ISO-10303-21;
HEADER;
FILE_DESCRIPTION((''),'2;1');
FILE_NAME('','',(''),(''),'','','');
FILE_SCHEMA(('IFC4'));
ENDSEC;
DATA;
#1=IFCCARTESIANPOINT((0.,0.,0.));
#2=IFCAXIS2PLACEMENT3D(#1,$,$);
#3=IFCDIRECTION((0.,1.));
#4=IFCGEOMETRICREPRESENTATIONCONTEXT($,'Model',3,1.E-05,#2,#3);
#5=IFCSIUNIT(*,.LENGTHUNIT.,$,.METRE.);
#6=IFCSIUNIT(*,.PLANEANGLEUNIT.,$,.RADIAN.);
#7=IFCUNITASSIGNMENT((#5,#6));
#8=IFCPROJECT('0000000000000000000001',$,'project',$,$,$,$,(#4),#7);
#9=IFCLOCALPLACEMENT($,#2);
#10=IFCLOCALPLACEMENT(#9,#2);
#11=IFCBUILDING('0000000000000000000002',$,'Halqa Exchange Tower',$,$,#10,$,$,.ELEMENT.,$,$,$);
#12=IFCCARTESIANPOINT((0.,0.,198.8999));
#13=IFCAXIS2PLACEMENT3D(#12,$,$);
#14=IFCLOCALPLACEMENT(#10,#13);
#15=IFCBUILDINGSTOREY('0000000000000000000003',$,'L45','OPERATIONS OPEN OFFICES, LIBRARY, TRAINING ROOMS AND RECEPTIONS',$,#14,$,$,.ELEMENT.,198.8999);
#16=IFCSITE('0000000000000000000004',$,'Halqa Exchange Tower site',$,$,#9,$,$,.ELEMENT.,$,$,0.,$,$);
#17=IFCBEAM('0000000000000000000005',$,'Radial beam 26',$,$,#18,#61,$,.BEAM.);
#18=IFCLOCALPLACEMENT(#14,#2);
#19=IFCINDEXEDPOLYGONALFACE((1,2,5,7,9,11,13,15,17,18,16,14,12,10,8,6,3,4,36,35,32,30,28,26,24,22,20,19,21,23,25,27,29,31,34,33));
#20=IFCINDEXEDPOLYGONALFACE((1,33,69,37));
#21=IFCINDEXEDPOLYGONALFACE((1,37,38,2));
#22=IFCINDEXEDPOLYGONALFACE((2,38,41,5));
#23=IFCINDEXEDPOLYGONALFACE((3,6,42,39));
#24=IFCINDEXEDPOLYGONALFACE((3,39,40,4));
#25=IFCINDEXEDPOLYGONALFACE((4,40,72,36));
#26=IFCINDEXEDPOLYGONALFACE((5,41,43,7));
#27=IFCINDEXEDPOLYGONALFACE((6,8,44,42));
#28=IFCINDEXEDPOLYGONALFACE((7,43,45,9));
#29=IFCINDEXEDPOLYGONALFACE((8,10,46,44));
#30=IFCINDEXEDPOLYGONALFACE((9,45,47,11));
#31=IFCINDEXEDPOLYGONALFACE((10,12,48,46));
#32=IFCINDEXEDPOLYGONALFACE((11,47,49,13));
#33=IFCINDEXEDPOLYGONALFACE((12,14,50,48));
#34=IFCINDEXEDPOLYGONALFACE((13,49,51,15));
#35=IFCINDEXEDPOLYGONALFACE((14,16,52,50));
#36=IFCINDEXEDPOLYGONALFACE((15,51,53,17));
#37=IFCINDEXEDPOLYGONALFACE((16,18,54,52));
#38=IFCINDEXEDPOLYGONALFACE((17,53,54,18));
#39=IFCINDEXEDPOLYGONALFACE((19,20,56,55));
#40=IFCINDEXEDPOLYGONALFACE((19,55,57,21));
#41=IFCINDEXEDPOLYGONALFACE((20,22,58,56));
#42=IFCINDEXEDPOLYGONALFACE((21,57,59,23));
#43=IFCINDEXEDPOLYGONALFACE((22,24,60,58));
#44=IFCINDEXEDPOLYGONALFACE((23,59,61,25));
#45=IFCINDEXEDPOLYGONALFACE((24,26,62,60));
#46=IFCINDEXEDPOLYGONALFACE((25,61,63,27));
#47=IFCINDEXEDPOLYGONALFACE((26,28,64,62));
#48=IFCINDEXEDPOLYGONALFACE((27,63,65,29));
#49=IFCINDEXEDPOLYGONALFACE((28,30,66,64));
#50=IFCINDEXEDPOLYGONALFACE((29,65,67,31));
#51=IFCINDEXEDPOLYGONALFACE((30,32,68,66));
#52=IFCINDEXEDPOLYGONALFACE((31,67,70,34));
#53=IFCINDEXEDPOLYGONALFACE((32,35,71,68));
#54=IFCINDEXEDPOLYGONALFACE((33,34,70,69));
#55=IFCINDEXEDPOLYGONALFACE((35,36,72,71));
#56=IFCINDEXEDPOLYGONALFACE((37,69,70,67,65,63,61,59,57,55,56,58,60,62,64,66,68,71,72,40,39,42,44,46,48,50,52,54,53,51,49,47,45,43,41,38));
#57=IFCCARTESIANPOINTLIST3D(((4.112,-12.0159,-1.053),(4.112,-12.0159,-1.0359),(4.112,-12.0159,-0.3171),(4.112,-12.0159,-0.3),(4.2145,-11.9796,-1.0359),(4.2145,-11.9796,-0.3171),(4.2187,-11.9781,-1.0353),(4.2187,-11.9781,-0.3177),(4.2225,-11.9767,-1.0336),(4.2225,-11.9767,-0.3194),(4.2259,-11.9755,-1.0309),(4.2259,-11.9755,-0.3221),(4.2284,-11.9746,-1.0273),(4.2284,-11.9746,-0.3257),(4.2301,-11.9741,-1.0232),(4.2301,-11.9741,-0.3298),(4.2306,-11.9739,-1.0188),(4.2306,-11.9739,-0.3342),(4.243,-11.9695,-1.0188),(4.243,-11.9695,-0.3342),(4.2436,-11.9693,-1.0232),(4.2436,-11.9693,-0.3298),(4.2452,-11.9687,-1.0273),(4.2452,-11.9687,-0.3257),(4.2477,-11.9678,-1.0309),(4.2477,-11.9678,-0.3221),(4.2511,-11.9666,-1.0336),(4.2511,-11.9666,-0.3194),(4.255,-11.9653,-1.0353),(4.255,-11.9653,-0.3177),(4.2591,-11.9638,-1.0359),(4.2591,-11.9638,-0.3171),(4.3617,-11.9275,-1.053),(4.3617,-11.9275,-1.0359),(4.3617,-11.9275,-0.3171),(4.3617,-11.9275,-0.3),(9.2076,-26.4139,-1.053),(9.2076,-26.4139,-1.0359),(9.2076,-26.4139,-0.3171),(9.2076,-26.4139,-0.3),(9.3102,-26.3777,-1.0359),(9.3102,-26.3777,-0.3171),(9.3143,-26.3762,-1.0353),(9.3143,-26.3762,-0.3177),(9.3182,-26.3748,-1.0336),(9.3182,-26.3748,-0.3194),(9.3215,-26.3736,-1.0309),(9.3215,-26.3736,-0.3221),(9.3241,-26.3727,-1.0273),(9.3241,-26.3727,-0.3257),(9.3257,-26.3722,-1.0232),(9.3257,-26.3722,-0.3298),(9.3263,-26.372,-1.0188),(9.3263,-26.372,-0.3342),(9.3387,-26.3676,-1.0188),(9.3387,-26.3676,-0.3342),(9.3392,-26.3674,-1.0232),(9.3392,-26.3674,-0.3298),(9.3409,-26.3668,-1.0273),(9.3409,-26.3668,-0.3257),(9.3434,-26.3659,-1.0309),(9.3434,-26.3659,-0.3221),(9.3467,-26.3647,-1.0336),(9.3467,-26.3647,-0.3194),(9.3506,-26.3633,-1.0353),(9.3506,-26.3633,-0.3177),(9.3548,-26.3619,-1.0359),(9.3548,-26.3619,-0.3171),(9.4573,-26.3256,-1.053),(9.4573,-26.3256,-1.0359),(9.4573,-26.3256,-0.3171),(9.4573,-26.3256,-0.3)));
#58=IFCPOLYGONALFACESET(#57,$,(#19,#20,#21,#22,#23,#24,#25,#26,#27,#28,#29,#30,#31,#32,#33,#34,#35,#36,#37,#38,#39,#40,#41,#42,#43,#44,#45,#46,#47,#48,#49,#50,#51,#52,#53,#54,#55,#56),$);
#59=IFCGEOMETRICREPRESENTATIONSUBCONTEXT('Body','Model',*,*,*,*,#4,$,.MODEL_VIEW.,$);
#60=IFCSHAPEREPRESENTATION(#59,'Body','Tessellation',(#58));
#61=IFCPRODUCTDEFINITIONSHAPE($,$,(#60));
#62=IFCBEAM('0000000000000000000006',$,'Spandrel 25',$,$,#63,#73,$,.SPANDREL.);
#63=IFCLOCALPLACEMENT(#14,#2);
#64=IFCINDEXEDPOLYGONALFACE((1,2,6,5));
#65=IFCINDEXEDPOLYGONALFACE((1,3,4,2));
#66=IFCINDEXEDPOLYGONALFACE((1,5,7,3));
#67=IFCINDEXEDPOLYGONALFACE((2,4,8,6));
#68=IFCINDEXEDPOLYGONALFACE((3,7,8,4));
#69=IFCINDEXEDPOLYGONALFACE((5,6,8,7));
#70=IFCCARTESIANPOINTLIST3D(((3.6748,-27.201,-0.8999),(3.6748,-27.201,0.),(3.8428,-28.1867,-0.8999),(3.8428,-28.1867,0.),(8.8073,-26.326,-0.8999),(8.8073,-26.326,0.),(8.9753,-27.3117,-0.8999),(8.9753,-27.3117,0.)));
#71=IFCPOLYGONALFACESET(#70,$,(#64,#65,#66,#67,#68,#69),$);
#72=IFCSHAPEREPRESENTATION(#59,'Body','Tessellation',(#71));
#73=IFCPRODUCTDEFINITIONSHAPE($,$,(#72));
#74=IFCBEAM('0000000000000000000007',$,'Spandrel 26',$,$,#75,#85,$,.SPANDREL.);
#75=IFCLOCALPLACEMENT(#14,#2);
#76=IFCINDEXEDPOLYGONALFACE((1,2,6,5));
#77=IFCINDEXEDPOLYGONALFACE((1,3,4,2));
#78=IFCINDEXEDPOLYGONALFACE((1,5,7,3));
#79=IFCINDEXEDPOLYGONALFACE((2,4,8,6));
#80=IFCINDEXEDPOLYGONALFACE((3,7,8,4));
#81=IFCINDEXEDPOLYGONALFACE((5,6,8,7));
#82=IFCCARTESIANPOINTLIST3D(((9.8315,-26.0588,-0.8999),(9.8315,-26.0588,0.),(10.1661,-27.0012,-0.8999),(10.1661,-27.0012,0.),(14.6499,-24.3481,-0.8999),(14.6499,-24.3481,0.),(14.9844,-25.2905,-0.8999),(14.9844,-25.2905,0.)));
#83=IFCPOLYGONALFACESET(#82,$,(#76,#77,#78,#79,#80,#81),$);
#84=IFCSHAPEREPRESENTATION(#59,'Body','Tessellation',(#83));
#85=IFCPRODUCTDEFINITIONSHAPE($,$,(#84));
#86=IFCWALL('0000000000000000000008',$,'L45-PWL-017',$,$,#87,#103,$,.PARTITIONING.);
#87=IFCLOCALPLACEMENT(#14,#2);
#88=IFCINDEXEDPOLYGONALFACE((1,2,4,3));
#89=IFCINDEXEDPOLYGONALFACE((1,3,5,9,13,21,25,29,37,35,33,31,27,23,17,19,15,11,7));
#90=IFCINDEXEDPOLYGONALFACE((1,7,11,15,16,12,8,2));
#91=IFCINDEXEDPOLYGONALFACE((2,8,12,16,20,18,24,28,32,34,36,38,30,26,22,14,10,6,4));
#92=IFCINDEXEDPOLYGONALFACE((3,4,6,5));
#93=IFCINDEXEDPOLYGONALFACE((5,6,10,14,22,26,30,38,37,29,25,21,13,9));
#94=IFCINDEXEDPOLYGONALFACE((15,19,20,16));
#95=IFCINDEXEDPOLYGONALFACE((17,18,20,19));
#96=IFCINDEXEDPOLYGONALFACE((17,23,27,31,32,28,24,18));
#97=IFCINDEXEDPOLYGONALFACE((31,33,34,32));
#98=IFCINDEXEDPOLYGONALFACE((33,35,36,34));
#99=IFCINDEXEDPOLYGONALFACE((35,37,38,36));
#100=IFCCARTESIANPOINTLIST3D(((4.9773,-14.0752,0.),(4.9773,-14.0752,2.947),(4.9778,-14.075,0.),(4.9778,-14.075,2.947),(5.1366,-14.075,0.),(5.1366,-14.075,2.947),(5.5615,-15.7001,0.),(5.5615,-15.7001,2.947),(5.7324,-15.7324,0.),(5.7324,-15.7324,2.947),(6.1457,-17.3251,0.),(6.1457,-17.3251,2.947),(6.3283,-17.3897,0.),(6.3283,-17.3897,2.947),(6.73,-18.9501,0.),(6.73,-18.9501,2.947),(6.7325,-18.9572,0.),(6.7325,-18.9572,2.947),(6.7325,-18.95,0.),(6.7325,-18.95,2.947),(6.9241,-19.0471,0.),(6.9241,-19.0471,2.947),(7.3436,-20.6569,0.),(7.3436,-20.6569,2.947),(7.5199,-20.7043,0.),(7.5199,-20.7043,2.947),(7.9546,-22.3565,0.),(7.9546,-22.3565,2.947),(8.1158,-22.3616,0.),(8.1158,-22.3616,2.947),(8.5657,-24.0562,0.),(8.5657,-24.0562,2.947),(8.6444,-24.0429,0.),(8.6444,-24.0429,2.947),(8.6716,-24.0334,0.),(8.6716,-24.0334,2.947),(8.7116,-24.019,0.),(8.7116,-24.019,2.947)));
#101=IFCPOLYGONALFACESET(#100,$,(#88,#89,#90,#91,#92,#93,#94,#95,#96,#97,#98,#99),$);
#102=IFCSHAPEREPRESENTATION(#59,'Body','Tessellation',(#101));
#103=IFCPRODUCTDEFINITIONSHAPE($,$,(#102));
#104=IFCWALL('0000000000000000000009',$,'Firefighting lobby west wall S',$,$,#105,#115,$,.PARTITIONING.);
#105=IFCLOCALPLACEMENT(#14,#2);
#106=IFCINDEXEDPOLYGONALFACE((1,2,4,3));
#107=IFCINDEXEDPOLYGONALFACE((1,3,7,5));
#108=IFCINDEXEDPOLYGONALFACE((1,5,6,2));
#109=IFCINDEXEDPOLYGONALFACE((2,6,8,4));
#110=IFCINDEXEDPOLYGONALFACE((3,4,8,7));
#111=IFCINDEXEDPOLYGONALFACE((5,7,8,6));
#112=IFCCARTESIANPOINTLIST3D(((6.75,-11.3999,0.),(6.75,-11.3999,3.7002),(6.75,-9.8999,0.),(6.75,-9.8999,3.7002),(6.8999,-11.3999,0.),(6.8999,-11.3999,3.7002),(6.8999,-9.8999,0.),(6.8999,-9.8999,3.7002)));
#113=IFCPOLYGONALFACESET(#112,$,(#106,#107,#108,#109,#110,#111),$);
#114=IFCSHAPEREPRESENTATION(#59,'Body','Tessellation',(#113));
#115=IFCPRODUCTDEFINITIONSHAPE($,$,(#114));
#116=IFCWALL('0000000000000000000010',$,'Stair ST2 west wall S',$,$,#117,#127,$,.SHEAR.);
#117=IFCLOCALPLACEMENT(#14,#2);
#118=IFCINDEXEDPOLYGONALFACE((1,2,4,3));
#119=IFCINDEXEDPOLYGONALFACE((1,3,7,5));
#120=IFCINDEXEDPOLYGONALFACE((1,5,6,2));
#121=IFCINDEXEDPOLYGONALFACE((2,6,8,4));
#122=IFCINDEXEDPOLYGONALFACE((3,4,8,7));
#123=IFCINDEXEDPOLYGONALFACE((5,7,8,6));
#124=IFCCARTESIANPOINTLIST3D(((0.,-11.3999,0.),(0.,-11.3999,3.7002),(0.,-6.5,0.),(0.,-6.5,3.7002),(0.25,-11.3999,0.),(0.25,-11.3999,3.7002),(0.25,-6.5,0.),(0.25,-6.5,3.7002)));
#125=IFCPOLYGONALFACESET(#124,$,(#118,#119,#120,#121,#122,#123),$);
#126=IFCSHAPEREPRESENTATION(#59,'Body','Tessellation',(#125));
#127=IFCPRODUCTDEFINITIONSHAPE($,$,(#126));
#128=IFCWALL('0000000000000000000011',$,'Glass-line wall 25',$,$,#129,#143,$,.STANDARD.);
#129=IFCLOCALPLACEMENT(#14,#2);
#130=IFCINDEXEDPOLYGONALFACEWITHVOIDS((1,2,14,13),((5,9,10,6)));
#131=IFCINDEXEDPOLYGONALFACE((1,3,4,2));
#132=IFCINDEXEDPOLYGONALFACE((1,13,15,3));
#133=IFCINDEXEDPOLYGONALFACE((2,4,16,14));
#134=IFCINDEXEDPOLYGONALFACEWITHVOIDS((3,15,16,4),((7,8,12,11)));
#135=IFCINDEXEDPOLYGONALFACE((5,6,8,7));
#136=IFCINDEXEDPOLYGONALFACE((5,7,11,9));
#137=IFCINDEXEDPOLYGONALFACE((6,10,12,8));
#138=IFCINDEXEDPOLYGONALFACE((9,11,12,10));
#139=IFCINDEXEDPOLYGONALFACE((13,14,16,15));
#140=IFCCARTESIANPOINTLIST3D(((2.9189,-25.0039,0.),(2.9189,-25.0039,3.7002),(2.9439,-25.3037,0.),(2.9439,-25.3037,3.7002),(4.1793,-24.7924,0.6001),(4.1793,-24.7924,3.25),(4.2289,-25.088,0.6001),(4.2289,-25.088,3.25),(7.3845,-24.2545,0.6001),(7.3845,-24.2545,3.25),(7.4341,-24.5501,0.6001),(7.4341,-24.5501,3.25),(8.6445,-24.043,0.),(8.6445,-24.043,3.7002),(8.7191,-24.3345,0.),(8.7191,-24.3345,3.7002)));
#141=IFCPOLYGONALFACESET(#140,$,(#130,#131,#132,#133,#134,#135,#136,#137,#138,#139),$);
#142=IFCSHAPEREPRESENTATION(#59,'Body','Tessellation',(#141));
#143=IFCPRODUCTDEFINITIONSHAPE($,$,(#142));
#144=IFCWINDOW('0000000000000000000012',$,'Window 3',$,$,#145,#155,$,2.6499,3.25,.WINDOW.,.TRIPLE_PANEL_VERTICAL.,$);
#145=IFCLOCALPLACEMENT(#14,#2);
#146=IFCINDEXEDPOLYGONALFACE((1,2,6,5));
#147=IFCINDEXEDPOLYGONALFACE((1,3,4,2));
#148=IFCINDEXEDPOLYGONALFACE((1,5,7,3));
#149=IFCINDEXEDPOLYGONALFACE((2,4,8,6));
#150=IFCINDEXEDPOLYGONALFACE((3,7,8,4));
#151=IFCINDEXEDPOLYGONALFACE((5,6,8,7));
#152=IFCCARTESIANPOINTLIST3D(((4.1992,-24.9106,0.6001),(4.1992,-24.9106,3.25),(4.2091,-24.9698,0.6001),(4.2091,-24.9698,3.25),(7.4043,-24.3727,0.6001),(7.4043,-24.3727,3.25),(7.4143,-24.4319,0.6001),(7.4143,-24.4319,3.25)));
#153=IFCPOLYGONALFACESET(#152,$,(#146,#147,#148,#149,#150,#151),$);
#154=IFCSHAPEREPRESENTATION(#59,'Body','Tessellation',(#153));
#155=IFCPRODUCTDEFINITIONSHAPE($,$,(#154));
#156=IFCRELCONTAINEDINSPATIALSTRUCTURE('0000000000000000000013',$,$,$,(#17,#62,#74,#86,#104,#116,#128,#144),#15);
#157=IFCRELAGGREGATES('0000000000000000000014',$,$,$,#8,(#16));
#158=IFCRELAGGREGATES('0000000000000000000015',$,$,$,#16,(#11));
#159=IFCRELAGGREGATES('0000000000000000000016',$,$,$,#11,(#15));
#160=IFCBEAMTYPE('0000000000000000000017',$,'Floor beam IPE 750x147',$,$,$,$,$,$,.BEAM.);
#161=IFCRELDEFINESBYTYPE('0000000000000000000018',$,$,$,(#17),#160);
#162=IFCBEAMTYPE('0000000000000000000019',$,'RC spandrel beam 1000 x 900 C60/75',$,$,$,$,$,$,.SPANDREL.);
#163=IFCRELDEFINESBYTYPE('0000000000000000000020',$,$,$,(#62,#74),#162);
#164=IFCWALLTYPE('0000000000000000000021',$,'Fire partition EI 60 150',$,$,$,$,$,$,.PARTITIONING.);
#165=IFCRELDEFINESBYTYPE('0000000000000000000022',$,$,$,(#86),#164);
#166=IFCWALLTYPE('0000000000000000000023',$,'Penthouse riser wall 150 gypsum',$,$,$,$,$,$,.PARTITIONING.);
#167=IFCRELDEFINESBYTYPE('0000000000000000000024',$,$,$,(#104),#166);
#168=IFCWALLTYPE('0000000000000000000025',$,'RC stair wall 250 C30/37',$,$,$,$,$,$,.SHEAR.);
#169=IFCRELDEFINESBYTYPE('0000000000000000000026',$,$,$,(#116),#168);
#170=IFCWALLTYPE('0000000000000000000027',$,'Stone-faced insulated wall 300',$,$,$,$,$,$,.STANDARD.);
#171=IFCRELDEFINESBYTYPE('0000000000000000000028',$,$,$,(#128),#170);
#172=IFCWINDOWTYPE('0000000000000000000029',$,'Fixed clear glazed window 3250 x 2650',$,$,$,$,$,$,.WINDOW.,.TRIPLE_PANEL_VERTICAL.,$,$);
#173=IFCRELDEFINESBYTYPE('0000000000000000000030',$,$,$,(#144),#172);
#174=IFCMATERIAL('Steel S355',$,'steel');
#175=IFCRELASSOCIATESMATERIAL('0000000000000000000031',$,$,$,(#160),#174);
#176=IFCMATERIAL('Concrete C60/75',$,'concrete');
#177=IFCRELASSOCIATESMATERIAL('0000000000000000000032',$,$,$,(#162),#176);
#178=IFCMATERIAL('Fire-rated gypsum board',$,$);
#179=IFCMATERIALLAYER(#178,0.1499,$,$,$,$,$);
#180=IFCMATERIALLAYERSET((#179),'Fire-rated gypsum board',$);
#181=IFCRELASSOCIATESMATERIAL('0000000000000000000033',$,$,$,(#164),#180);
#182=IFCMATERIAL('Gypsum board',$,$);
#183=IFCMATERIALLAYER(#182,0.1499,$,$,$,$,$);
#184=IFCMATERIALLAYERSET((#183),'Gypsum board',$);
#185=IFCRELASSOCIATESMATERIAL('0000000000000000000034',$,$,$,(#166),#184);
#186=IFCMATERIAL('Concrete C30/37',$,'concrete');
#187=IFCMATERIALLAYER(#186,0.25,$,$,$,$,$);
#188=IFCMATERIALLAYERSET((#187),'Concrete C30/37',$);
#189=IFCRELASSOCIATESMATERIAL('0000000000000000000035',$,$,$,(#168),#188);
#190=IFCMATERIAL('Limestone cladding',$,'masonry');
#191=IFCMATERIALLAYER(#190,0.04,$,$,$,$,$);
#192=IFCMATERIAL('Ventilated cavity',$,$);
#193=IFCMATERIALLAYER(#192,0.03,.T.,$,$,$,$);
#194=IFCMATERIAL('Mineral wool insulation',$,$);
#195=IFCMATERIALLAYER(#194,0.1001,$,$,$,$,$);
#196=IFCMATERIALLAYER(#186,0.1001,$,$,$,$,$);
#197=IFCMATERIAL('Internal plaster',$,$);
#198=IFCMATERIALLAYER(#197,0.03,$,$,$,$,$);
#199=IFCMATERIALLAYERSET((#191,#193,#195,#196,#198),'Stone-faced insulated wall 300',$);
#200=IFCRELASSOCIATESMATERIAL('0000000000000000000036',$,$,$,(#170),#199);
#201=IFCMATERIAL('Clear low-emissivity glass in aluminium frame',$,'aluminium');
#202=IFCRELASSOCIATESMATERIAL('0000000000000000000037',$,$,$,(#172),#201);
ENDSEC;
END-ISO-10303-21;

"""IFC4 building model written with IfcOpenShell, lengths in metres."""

from ifc_helpers import new_model, si_unit, direction, frame, frame_2d, origin, origin_2d, place, context, subcontext, project, spatial, polyline, rectangle, i_section, outline, extrude, material, layer, layer_set, material_profile, profile_set, type_object, element, fill, save


model = new_model("IFC4")

# Units and contexts
model_context = context("Model", 3, precision=1e-05, world=origin(), true_north=direction((0.0, 1.0)))
body_context = subcontext(model_context, "Body", "Model", "MODEL_VIEW")
ifc_project = project(units=[si_unit("LENGTHUNIT", "METRE"), si_unit("PLANEANGLEUNIT", "RADIAN")], contexts=[model_context])

# Site, building, storey
site_placement = place(None, origin())
site = spatial("IfcSite", under=ifc_project, at=site_placement, Name="Halqa Exchange Tower site", CompositionType="ELEMENT", RefElevation=0.0)
building_placement = place(site_placement, origin())
building = spatial("IfcBuilding", under=site, at=building_placement, Name="Halqa Exchange Tower", CompositionType="ELEMENT")
storey_placement = place(building_placement, frame((0.0, 0.0, 198.8999)))
storey = spatial("IfcBuildingStorey", under=building, at=storey_placement, Name="L45", Description="OPERATIONS OPEN OFFICES, LIBRARY, TRAINING ROOMS AND RECEPTIONS", CompositionType="ELEMENT", Elevation=198.8999)

# Shared definitions
ifc_material_1 = material(Name="Concrete C60/75", Category="concrete")

# Beams
ifc_material_2 = material(Name="Steel S355", Category="steel")
ifc_material_profile_1 = material_profile(ifc_material_2, i_section(OverallWidth=0.2649, OverallDepth=0.7529, WebThickness=0.0132, FlangeThickness=0.0171, FilletRadius=0.0171, at=origin_2d()), Name="IPE 750x147")
ifc_profile_set_1 = profile_set([ifc_material_profile_1], Name="Steel S355")
beam_type_1 = type_object("IfcBeamType", Name="Floor beam IPE 750x147", PredefinedType="BEAM", material=ifc_profile_set_1)
beam_1_placement = place(storey_placement, frame((4.2368, -11.9717, -0.6765), z_axis=(0.333634, -0.942703, 0.0), x_axis=(0.942703, 0.333634, 0.0)))
element("IfcBeam", 1, at=beam_1_placement, inside=storey, type_object=beam_type_1, Name="Radial beam 26", PredefinedType="BEAM", context=body_context, shape_type="SweptSolid", body=[
    extrude(i_section(OverallWidth=0.2649, OverallDepth=0.7529, WebThickness=0.0132, FlangeThickness=0.0171, FilletRadius=0.0171, at=origin_2d()), origin(), (0.0, 0.0, 1.0), 15.2732),
])
ifc_material_profile_2 = material_profile(ifc_material_1, rectangle(XDim=1.0, YDim=0.8999, at=origin_2d()), Name="1000 x 900")
ifc_profile_set_2 = profile_set([ifc_material_profile_2], Name="Concrete C60/75")
beam_type_2 = type_object("IfcBeamType", Name="RC spandrel beam 1000 x 900 C60/75", PredefinedType="SPANDREL", material=ifc_profile_set_2)
beam_2_placement = place(storey_placement, frame((3.7588, -27.6938, -0.45), z_axis=(0.985778, 0.168055, 0.0), x_axis=(-0.168055, 0.985778, 0.0)))
element("IfcBeam", 2, at=beam_2_placement, inside=storey, type_object=beam_type_2, Name="Spandrel 25", PredefinedType="SPANDREL", context=body_context, shape_type="SweptSolid", body=[
    extrude(rectangle(XDim=1.0, YDim=0.8999, at=origin_2d()), origin(), (0.0, 0.0, 1.0), 5.2065),
])
beam_3_placement = place(storey_placement, frame((9.9988, -26.53, -0.45), z_axis=(0.942369, 0.334575, 0.0), x_axis=(-0.334575, 0.942369, 0.0)))
element("IfcBeam", 3, at=beam_3_placement, inside=storey, type_object=beam_type_2, Name="Spandrel 26", PredefinedType="SPANDREL", context=body_context, shape_type="SweptSolid", body=[
    extrude(rectangle(XDim=1.0, YDim=0.8999, at=origin_2d()), origin(), (0.0, 0.0, 1.0), 5.113),
])

# Wall
ifc_material_3 = material(Name="Fire-rated gypsum board")
ifc_layer_1 = layer(ifc_material_3, 0.1499)
ifc_layer_set_1 = layer_set([ifc_layer_1], Name="Fire-rated gypsum board")
wall_type_1 = type_object("IfcWallType", Name="Fire partition EI 60 150", PredefinedType="PARTITIONING", material=ifc_layer_set_1)
wall_1_placement = place(storey_placement, frame((5.0479, -14.0498, 0.0), z_axis=(0.0, 0.0, 1.0), x_axis=(0.338319, -0.941031, 0.0)))
element("IfcWall", 4, at=wall_1_placement, inside=storey, type_object=wall_type_1, Name="L45-PWL-017", PredefinedType="PARTITIONING", context=body_context, shape_type="SweptSolid", body=[
    extrude(outline(polyline([(0.0, -0.075), (1.7268, -0.075), (3.4536, -0.075), (5.1804, -0.075), (5.1812, -0.0725), (5.188, -0.075), (6.9941, -0.075), (8.8003, -0.075), (10.6064, -0.075), (10.6206, 0.0037), (10.6208, 0.0325), (10.6208, 0.075), (8.8596, 0.075), (7.0984, 0.075), (5.3374, 0.075), (3.5762, 0.075), (1.8149, 0.075), (0.0537, 0.075), (0.0, -0.0745), (0.0, -0.075)])), origin(), (0.0, 0.0, 1.0), 2.947),
])

# Shared definitions
ifc_material_4 = material(Name="Gypsum board")

# Walls
ifc_layer_2 = layer(ifc_material_4, 0.1499)
ifc_layer_set_2 = layer_set([ifc_layer_2], Name="Gypsum board")
wall_type_2 = type_object("IfcWallType", Name="Penthouse riser wall 150 gypsum", PredefinedType="PARTITIONING", material=ifc_layer_set_2)
wall_2_placement = place(storey_placement, frame((6.825, -11.3999, 0.0), z_axis=(0.0, 0.0, 1.0), x_axis=(0.0, 1.0, 0.0)))
element("IfcWall", 5, at=wall_2_placement, inside=storey, type_object=wall_type_2, Name="Firefighting lobby west wall S", PredefinedType="PARTITIONING", context=body_context, shape_type="SweptSolid", body=[
    extrude(rectangle(XDim=1.5, YDim=0.1499, at=frame_2d((0.75, 0.0))), origin(), (0.0, 0.0, 1.0), 3.7002),
])
ifc_material_5 = material(Name="Concrete C30/37", Category="concrete")
ifc_layer_3 = layer(ifc_material_5, 0.25)
ifc_layer_set_3 = layer_set([ifc_layer_3], Name="Concrete C30/37")
wall_type_3 = type_object("IfcWallType", Name="RC stair wall 250 C30/37", PredefinedType="SHEAR", material=ifc_layer_set_3)
wall_3_placement = place(storey_placement, frame((0.125, -11.3999, 0.0), z_axis=(0.0, 0.0, 1.0), x_axis=(0.0, 1.0, 0.0)))
element("IfcWall", 6, at=wall_3_placement, inside=storey, type_object=wall_type_3, Name="Stair ST2 west wall S", PredefinedType="SHEAR", context=body_context, shape_type="SweptSolid", body=[
    extrude(rectangle(XDim=4.8999, YDim=0.25, at=frame_2d((2.45, 0.0))), origin(), (0.0, 0.0, 1.0), 3.7002),
])

# Wall, opening, window
ifc_material_6 = material(Name="Limestone cladding", Category="masonry")
ifc_layer_4 = layer(ifc_material_6, 0.04)
ifc_material_7 = material(Name="Ventilated cavity")
ifc_layer_5 = layer(ifc_material_7, 0.03, ventilated=True)
ifc_material_8 = material(Name="Mineral wool insulation")
ifc_layer_6 = layer(ifc_material_8, 0.1001)
ifc_layer_7 = layer(ifc_material_5, 0.1001)
ifc_material_9 = material(Name="Internal plaster")
ifc_layer_8 = layer(ifc_material_9, 0.03)
ifc_layer_set_4 = layer_set([ifc_layer_4, ifc_layer_5, ifc_layer_6, ifc_layer_7, ifc_layer_8], Name="Stone-faced insulated wall 300")
wall_type_4 = type_object("IfcWallType", Name="Stone-faced insulated wall 300", PredefinedType="STANDARD", material=ifc_layer_set_4)
wall_4_placement = place(storey_placement, frame((2.9314, -25.1538, 0.0), z_axis=(0.0, 0.0, 1.0), x_axis=(0.986208, 0.165512, 0.0)))
wall_4 = element("IfcWall", 7, at=wall_4_placement, inside=storey, type_object=wall_type_4, Name="Glass-line wall 25", PredefinedType="STANDARD", context=body_context, shape_type="SweptSolid", body=[
    extrude(outline(polyline([(-0.0125, -0.1499), (5.8435, -0.1499), (5.8181, 0.1499), (0.0125, 0.1499), (-0.0125, -0.1499)])), origin(), (0.0, 0.0, 1.0), 3.7002),
])
opening_1_placement = place(wall_4_placement, frame((1.2905, 0.0, 0.6001)))
opening_1 = element("IfcOpeningElement", 8, at=opening_1_placement, cuts=wall_4, PredefinedType="OPENING", context=body_context, shape_type="SweptSolid", body=[
    extrude(rectangle(XDim=3.25, YDim=2.6499, at=frame_2d((1.625, 1.325))), frame((0.0, 0.1621, 0.0), z_axis=(0.0, -1.0, 0.0), x_axis=(1.0, 0.0, 0.0)), (0.0, 0.0, 1.0), 0.324),
])
ifc_material_10 = material(Name="Clear low-emissivity glass in aluminium frame", Category="aluminium")
window_type = type_object("IfcWindowType", Name="Fixed clear glazed window 3250 x 2650", PartitioningType="TRIPLE_PANEL_VERTICAL", PredefinedType="WINDOW", material=ifc_material_10)
window_1_placement = place(opening_1_placement, origin())
window_1 = element("IfcWindow", 9, at=window_1_placement, inside=storey, type_object=window_type, Name="Window 3", OverallHeight=2.6499, OverallWidth=3.25, PartitioningType="TRIPLE_PANEL_VERTICAL", PredefinedType="WINDOW", context=body_context, shape_type="SweptSolid", body=[
    extrude(rectangle(XDim=3.25, YDim=2.6499, at=frame_2d((1.625, 1.325))), frame((0.0, 0.03, 0.0), z_axis=(0.0, -1.0, 0.0), x_axis=(1.0, 0.0, 0.0)), (0.0, 0.0, 1.0), 0.0601),
])
fill(opening_1, window_1)

save(model, "model.ifc")
